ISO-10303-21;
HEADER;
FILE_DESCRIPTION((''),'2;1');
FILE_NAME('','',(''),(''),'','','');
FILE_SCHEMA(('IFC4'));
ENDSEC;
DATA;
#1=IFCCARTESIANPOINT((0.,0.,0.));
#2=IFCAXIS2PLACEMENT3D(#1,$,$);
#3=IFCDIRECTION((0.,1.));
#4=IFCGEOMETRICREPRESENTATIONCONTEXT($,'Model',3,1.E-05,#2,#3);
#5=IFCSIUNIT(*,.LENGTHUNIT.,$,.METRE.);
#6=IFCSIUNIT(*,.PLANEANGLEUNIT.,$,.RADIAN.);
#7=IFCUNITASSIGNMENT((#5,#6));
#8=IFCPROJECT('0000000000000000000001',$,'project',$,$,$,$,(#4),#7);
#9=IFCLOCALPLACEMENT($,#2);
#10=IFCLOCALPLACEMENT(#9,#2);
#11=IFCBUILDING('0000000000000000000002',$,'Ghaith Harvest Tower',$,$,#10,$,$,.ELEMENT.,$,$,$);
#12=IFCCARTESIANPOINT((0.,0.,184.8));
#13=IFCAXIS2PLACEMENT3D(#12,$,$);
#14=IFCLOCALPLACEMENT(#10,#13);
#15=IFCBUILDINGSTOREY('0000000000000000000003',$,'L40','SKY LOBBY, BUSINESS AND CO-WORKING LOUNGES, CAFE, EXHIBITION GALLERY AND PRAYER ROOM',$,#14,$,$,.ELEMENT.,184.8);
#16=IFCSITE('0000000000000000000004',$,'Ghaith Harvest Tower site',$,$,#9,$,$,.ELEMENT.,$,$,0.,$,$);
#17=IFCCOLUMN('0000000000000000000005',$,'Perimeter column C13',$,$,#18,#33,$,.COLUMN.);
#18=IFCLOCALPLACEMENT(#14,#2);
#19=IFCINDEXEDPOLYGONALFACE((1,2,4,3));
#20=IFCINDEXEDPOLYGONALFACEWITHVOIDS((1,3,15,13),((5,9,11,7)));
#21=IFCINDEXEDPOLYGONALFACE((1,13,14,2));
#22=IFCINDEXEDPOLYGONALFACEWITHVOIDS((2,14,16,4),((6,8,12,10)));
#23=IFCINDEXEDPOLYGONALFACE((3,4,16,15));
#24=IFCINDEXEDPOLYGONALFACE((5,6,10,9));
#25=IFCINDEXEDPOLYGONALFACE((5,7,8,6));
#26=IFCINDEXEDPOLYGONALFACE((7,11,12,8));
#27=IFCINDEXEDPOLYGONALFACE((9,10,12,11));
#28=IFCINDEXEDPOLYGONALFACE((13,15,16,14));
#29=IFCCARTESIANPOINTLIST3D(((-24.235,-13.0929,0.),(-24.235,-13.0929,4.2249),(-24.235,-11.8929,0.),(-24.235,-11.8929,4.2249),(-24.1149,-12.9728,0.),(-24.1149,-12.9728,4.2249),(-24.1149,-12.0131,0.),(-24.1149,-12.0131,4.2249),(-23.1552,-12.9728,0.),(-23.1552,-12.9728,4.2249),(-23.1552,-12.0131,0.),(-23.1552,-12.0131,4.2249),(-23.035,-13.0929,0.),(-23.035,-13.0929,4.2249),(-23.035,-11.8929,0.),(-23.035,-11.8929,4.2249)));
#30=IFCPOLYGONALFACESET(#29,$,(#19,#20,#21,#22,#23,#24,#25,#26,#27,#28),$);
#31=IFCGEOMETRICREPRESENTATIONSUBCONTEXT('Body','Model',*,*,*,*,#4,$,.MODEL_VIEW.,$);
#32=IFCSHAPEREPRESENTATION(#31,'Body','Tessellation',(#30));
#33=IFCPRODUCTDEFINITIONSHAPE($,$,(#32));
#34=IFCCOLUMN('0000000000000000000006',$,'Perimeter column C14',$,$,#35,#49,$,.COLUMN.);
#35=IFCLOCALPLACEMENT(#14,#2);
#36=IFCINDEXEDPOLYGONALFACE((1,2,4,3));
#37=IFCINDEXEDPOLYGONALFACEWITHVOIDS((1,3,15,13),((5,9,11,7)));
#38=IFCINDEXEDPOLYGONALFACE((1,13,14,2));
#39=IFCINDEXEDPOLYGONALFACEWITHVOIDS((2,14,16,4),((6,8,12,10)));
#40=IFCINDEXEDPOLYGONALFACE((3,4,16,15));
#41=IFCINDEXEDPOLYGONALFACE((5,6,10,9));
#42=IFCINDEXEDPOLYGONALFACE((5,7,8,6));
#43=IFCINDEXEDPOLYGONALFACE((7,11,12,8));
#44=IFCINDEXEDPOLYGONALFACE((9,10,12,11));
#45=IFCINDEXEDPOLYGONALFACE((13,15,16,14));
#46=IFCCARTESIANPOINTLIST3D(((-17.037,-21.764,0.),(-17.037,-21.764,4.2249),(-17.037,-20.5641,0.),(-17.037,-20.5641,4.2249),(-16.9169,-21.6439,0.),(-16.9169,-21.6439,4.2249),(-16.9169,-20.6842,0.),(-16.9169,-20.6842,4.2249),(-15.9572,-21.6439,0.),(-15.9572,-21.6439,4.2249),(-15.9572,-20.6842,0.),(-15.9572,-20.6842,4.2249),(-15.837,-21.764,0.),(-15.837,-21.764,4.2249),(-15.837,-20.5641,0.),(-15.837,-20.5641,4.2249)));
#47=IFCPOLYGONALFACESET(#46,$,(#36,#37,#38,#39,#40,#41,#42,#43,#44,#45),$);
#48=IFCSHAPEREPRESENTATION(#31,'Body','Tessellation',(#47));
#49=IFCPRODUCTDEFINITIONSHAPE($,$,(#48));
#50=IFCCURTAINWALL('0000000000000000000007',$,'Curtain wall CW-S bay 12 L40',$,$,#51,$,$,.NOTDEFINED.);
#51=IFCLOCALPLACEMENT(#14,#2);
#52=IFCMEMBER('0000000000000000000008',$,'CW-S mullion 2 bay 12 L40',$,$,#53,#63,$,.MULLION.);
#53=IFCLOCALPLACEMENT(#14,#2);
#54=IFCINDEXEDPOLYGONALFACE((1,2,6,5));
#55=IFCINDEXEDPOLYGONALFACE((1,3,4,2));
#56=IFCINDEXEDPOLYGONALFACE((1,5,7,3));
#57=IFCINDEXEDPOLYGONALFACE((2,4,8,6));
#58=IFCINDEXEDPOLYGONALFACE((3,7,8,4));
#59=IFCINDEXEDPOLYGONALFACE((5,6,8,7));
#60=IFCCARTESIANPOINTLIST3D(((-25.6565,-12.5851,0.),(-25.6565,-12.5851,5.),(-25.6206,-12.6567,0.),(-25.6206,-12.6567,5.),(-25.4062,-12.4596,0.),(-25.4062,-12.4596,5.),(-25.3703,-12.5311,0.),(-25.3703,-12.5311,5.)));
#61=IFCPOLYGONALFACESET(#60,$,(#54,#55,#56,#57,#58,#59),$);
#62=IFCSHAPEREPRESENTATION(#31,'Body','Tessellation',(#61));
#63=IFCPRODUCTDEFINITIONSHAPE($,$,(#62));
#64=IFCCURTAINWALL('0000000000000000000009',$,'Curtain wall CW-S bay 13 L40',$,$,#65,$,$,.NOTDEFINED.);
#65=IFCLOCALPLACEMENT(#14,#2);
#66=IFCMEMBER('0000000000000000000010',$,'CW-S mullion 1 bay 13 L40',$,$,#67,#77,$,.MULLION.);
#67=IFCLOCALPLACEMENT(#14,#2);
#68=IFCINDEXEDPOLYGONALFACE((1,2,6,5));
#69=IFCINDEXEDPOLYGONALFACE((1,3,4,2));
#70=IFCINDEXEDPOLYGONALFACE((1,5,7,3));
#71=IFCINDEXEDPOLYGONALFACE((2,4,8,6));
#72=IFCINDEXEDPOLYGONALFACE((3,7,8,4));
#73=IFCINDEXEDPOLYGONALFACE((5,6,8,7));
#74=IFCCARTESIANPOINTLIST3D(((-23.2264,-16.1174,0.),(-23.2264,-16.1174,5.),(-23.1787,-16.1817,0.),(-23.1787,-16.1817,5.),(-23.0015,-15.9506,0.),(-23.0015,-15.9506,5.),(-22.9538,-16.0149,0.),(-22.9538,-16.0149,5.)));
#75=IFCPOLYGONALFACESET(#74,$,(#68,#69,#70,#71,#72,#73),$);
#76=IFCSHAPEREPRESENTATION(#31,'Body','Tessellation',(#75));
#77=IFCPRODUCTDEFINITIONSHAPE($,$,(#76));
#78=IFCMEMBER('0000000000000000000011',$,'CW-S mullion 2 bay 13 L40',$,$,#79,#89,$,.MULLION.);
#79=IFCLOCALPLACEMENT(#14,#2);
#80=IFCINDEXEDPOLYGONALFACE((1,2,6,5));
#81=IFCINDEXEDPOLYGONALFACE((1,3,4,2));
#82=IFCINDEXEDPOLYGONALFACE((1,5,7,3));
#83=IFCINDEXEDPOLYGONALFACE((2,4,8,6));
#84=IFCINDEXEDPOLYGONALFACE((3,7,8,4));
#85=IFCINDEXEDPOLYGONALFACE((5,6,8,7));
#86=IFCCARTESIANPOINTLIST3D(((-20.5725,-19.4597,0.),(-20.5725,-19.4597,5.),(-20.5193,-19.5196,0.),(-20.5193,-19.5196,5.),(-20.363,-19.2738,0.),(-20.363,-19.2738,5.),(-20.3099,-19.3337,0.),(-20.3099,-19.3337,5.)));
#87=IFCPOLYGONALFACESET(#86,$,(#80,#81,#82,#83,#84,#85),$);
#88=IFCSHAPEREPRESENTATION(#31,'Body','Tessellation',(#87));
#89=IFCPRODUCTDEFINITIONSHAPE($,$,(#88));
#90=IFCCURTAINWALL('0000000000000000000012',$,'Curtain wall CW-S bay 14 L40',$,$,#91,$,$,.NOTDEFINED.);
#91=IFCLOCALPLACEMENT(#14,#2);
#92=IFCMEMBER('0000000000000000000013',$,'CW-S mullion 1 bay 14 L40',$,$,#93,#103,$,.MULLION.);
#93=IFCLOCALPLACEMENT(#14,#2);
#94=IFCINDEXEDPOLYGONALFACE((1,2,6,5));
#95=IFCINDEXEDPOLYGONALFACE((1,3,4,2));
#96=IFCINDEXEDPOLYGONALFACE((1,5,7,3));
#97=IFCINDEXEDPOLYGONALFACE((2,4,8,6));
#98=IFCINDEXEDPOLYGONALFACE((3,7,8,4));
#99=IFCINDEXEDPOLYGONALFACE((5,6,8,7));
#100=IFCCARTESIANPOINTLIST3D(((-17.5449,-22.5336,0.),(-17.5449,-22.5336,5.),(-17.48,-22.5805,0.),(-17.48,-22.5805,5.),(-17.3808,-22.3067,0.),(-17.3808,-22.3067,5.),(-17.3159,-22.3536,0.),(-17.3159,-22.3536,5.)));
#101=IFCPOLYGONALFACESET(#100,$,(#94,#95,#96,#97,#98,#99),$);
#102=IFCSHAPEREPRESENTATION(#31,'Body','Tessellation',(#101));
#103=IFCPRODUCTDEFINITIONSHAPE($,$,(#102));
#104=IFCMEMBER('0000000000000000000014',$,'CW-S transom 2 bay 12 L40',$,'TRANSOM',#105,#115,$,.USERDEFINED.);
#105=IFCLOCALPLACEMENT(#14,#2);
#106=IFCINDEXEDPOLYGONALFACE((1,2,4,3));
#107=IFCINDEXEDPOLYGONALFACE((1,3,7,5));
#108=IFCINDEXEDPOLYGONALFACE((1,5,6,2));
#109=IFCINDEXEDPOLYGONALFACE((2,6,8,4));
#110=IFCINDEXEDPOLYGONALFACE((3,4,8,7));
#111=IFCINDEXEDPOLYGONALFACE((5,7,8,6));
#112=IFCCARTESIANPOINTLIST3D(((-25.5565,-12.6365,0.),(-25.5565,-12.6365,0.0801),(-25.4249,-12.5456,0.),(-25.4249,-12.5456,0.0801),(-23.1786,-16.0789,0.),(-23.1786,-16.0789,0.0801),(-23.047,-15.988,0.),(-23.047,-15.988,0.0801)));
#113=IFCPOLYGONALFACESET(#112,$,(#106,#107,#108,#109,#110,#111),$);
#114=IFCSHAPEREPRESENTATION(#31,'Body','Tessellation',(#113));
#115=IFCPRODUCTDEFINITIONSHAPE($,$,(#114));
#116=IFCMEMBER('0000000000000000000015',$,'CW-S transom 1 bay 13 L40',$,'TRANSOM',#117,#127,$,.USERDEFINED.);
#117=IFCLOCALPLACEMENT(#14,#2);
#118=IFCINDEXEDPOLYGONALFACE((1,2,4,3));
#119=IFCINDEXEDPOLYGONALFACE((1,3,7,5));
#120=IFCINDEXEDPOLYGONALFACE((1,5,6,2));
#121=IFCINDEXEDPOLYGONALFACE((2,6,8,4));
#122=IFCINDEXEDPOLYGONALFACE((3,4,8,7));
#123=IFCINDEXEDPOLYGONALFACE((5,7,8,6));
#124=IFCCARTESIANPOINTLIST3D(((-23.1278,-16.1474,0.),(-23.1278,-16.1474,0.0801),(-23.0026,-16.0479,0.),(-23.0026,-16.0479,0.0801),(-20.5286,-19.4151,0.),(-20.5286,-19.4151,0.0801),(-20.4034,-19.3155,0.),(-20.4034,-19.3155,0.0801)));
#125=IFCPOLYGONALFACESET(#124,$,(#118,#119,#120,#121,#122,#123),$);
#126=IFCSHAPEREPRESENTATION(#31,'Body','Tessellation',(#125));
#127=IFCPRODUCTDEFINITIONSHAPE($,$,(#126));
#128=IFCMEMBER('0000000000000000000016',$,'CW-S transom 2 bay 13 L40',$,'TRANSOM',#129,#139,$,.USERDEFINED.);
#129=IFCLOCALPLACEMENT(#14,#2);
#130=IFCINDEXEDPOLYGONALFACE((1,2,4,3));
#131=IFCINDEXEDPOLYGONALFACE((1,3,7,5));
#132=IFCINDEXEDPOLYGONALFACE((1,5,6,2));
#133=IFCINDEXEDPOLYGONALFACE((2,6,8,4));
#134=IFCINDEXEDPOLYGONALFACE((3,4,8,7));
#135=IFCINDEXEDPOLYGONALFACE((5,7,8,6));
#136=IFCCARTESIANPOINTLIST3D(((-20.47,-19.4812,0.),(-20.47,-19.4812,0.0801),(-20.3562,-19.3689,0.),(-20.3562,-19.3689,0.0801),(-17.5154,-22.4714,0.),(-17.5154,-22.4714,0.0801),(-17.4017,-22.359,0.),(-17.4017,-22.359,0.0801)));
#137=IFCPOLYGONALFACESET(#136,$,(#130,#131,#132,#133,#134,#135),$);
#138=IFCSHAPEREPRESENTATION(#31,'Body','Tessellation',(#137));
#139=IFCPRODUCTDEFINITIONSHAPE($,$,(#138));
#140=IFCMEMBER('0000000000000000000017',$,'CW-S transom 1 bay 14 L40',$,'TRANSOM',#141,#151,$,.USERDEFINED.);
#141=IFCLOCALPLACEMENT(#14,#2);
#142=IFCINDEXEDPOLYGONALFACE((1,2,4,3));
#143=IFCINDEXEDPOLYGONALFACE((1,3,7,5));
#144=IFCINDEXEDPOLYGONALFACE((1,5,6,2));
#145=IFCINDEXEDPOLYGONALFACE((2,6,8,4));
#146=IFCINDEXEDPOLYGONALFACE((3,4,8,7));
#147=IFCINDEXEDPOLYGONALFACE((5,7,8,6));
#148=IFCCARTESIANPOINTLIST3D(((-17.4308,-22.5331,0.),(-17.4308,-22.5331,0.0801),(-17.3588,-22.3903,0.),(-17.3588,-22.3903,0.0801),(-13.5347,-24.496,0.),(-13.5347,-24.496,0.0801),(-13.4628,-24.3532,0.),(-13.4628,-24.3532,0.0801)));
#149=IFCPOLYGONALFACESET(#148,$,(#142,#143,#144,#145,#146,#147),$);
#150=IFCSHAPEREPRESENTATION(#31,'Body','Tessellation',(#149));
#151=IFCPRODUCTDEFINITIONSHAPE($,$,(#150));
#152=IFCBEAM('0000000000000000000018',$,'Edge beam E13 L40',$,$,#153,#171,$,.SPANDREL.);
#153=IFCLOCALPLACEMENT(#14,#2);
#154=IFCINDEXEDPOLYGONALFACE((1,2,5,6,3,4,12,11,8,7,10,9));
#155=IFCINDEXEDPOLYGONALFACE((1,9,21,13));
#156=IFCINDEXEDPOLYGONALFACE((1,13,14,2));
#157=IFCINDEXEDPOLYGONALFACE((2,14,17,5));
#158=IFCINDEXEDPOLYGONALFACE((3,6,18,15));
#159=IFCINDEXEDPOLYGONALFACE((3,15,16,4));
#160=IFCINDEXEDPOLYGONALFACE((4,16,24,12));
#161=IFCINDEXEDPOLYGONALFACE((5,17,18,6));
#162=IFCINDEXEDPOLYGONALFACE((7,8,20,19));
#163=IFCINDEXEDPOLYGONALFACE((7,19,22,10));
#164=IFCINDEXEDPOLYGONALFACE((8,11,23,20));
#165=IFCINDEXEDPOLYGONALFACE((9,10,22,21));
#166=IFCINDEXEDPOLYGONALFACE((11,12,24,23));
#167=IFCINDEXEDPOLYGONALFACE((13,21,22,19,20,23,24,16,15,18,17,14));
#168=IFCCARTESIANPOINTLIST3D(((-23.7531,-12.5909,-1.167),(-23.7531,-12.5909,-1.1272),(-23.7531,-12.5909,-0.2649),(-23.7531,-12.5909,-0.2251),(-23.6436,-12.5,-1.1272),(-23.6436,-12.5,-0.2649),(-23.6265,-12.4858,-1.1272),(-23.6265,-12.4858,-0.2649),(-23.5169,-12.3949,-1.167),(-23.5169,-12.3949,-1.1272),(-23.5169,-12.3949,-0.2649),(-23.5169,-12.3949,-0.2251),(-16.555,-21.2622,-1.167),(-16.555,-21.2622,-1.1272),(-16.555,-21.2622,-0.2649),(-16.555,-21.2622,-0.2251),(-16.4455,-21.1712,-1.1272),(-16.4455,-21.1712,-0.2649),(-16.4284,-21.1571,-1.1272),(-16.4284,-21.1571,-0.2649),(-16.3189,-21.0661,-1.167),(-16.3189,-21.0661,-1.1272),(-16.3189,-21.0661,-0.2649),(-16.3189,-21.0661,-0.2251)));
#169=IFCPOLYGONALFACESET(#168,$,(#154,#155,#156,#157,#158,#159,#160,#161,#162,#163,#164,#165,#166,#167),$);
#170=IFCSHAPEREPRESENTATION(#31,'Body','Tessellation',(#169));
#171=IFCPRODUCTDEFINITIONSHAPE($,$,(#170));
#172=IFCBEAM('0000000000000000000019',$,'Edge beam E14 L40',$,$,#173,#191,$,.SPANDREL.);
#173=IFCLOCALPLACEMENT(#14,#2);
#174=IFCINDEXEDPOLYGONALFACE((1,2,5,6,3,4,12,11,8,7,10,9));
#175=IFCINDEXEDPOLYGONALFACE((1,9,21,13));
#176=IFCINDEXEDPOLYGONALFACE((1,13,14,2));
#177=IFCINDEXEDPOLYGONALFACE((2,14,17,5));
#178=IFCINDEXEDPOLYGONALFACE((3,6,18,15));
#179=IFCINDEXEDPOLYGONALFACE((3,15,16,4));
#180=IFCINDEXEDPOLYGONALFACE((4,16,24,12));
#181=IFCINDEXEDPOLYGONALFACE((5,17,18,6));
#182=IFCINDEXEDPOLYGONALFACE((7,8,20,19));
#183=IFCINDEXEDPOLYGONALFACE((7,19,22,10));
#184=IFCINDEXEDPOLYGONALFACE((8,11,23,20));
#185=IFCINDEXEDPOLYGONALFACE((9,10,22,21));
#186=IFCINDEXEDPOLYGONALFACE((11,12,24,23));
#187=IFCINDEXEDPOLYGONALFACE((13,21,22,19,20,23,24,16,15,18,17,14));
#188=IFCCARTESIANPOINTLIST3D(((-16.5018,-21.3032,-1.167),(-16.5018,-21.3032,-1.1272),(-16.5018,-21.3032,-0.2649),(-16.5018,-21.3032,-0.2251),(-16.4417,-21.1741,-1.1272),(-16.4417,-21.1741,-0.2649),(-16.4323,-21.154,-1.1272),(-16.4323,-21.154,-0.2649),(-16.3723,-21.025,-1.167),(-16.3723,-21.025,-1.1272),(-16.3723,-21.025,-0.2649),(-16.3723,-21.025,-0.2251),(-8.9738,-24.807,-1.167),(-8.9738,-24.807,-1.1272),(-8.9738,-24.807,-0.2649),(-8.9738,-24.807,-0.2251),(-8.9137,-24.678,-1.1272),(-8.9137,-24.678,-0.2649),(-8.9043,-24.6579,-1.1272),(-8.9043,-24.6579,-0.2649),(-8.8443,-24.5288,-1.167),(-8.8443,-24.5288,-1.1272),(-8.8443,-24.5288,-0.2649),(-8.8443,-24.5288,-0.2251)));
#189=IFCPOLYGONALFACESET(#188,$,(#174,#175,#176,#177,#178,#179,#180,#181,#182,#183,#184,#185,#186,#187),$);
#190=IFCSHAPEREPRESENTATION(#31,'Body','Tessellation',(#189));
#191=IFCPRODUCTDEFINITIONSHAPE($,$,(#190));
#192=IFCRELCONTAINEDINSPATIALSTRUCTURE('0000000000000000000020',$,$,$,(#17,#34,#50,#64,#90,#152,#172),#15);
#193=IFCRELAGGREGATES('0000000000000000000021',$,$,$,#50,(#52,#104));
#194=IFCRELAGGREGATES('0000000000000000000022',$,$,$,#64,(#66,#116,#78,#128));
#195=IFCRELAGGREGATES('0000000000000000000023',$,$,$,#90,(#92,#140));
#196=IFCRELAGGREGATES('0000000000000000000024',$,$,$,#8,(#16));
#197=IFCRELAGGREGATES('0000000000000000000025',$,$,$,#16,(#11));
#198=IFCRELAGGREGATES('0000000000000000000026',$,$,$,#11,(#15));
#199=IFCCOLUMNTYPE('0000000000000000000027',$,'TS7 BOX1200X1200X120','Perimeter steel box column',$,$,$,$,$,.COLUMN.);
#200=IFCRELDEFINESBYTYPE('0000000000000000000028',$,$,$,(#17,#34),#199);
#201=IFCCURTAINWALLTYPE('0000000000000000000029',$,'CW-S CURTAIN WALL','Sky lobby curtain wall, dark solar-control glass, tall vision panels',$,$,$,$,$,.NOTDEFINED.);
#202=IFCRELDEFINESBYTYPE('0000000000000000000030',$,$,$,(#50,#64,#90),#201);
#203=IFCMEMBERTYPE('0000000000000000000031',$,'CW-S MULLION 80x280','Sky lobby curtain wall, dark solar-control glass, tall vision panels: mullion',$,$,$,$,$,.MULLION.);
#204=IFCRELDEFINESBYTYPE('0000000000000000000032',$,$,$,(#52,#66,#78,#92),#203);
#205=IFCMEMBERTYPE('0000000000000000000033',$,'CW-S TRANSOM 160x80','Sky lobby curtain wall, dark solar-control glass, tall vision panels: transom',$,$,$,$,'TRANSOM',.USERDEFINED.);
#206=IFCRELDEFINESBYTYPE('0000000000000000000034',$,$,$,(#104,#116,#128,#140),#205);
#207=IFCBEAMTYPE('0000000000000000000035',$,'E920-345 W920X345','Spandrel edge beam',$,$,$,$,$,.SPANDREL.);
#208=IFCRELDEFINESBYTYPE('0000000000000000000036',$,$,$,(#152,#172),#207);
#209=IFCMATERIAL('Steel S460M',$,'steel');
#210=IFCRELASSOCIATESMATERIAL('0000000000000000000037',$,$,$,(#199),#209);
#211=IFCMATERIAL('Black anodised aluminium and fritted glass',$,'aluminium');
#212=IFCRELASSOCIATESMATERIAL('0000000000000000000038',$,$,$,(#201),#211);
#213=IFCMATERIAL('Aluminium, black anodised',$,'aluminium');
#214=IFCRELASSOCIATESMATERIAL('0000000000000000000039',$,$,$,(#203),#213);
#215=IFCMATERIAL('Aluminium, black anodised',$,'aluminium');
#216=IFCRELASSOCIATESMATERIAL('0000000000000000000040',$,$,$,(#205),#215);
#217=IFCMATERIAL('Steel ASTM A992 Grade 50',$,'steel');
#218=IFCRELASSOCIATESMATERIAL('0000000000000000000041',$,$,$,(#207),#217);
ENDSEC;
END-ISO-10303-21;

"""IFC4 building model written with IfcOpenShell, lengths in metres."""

from ifc_helpers import new_model, si_unit, direction, frame, origin, origin_2d, place, context, subcontext, project, spatial, rectangle, hollow_rectangle, i_section, extrude, material, material_profile, profile_set, type_object, element, aggregate, save


model = new_model("IFC4")

# Units and contexts
model_context = context("Model", 3, precision=1e-05, world=origin(), true_north=direction((0.0, 1.0)))
body_context = subcontext(model_context, "Body", "Model", "MODEL_VIEW")
ifc_project = project(units=[si_unit("LENGTHUNIT", "METRE"), si_unit("PLANEANGLEUNIT", "RADIAN")], contexts=[model_context])

# Site, building, storey
site_placement = place(None, origin())
site = spatial("IfcSite", under=ifc_project, at=site_placement, Name="Ghaith Harvest Tower site", CompositionType="ELEMENT", RefElevation=0.0)
building_placement = place(site_placement, origin())
building = spatial("IfcBuilding", under=site, at=building_placement, Name="Ghaith Harvest Tower", CompositionType="ELEMENT")
storey_placement = place(building_placement, frame((0.0, 0.0, 184.8)))
storey = spatial("IfcBuildingStorey", under=building, at=storey_placement, Name="L40", Description="SKY LOBBY, BUSINESS AND CO-WORKING LOUNGES, CAFE, EXHIBITION GALLERY AND PRAYER ROOM", CompositionType="ELEMENT", Elevation=184.8)

# Columns
ifc_material_1 = material(Name="Steel S460M", Category="steel")
ifc_material_profile_1 = material_profile(ifc_material_1, hollow_rectangle(XDim=1.2, YDim=1.2, WallThickness=0.1201, at=origin_2d()), Name="BOX1200X1200X120")
ifc_profile_set_1 = profile_set([ifc_material_profile_1], Name="Steel S460M")
column_type = type_object("IfcColumnType", Name="TS7 BOX1200X1200X120", Description="Perimeter steel box column", PredefinedType="COLUMN", material=ifc_profile_set_1)
for number, where, z_axis, x_axis, name in (
    (1, (-23.635, -12.4929, 0.0), (0.0, 0.0, 1.0), (1.0, 0.0, 0.0), "Perimeter column C13"),
    (2, (-16.437, -21.1641, 0.0), (0.0, 0.0, 1.0), (1.0, 0.0, 0.0), "Perimeter column C14"),
):
    element("IfcColumn", number, at=place(storey_placement, frame(where, z_axis=z_axis, x_axis=x_axis)), inside=storey, type_object=column_type, Name=name, PredefinedType="COLUMN", context=body_context, shape_type="SweptSolid", body=[
        extrude(hollow_rectangle(XDim=1.2, YDim=1.2, WallThickness=0.1201, at=origin_2d()), origin(), (0.0, 0.0, 1.0), 4.2249),
    ])

# Curtain wall, member
ifc_material_2 = material(Name="Black anodised aluminium and fritted glass", Category="aluminium")
curtain_wall_type = type_object("IfcCurtainWallType", Name="CW-S CURTAIN WALL", Description="Sky lobby curtain wall, dark solar-control glass, tall vision panels", PredefinedType="NOTDEFINED", material=ifc_material_2)
curtain_wall_1_placement = place(storey_placement, origin())
curtain_wall_1 = element("IfcCurtainWall", 3, at=curtain_wall_1_placement, inside=storey, type_object=curtain_wall_type, Name="Curtain wall CW-S bay 12 L40", PredefinedType="NOTDEFINED")
ifc_material_3 = material(Name="Aluminium, black anodised", Category="aluminium")
ifc_material_profile_2 = material_profile(ifc_material_3, rectangle(XDim=0.0801, YDim=0.28, at=origin_2d()), Name="CW-S MULLION 80x280")
ifc_profile_set_2 = profile_set([ifc_material_profile_2], Name="Aluminium, black anodised")
member_type_1 = type_object("IfcMemberType", Name="CW-S MULLION 80x280", Description="Sky lobby curtain wall, dark solar-control glass, tall vision panels: mullion", PredefinedType="MULLION", material=ifc_profile_set_2)
member_1_placement = place(storey_placement, frame((-25.5134, -12.5581, 0.0), z_axis=(0.0, 0.0, 1.0), x_axis=(0.448267, -0.8939, 0.0)))
member_1 = element("IfcMember", 4, at=member_1_placement, type_object=member_type_1, Name="CW-S mullion 2 bay 12 L40", PredefinedType="MULLION", context=body_context, shape_type="SweptSolid", body=[
    extrude(rectangle(XDim=0.0801, YDim=0.28, at=origin_2d()), origin(), (0.0, 0.0, 1.0), 5.0),
])

# Curtain wall, members
curtain_wall_2_placement = place(storey_placement, origin())
curtain_wall_2 = element("IfcCurtainWall", 5, at=curtain_wall_2_placement, inside=storey, type_object=curtain_wall_type, Name="Curtain wall CW-S bay 13 L40", PredefinedType="NOTDEFINED")
member_2_placement = place(storey_placement, frame((-23.0901, -16.0662, 0.0), z_axis=(0.0, 0.0, 1.0), x_axis=(0.59574, -0.803177, 0.0)))
member_2 = element("IfcMember", 6, at=member_2_placement, type_object=member_type_1, Name="CW-S mullion 1 bay 13 L40", PredefinedType="MULLION", context=body_context, shape_type="SweptSolid", body=[
    extrude(rectangle(XDim=0.0801, YDim=0.28, at=origin_2d()), origin(), (0.0, 0.0, 1.0), 5.0),
])
member_3_placement = place(storey_placement, frame((-20.4412, -19.3967, 0.0), z_axis=(0.0, 0.0, 1.0), x_axis=(0.663765, -0.747941, 0.0)))
member_3 = element("IfcMember", 7, at=member_3_placement, type_object=member_type_1, Name="CW-S mullion 2 bay 13 L40", PredefinedType="MULLION", context=body_context, shape_type="SweptSolid", body=[
    extrude(rectangle(XDim=0.0801, YDim=0.28, at=origin_2d()), origin(), (0.0, 0.0, 1.0), 5.0),
])

# Curtain wall, member
curtain_wall_3_placement = place(storey_placement, origin())
curtain_wall_3 = element("IfcCurtainWall", 8, at=curtain_wall_3_placement, inside=storey, type_object=curtain_wall_type, Name="Curtain wall CW-S bay 14 L40", PredefinedType="NOTDEFINED")
member_4_placement = place(storey_placement, frame((-17.4304, -22.4436, 0.0), z_axis=(0.0, 0.0, 1.0), x_axis=(0.810339, -0.585961, 0.0)))
member_4 = element("IfcMember", 9, at=member_4_placement, type_object=member_type_1, Name="CW-S mullion 1 bay 14 L40", PredefinedType="MULLION", context=body_context, shape_type="SweptSolid", body=[
    extrude(rectangle(XDim=0.0801, YDim=0.28, at=origin_2d()), origin(), (0.0, 0.0, 1.0), 5.0),
])

# Members
ifc_material_4 = material(Name="Aluminium, black anodised", Category="aluminium")
ifc_material_profile_3 = material_profile(ifc_material_4, rectangle(XDim=0.1599, YDim=0.0801, at=origin_2d()), Name="CW-S TRANSOM 160x80")
ifc_profile_set_3 = profile_set([ifc_material_profile_3], Name="Aluminium, black anodised")
member_type_2 = type_object("IfcMemberType", Name="CW-S TRANSOM 160x80", Description="Sky lobby curtain wall, dark solar-control glass, tall vision panels: transom", ElementType="TRANSOM", PredefinedType="USERDEFINED", material=ifc_profile_set_3)
member_5_placement = place(storey_placement, frame((-25.4907, -12.5911, 0.04), z_axis=(0.56836, -0.82278, 0.0), x_axis=(0.82278, 0.56836, 0.0)))
member_5 = element("IfcMember", 10, at=member_5_placement, type_object=member_type_2, Name="CW-S transom 2 bay 12 L40", ObjectType="TRANSOM", PredefinedType="USERDEFINED", context=body_context, shape_type="SweptSolid", body=[
    extrude(rectangle(XDim=0.1599, YDim=0.0801, at=origin_2d()), origin(), (0.0, 0.0, 1.0), 4.1838),
])
member_6_placement = place(storey_placement, frame((-23.0652, -16.0977, 0.04), z_axis=(0.622511, -0.782611, 0.0), x_axis=(0.782611, 0.622511, 0.0)))
member_6 = element("IfcMember", 11, at=member_6_placement, type_object=member_type_2, Name="CW-S transom 1 bay 13 L40", ObjectType="TRANSOM", PredefinedType="USERDEFINED", context=body_context, shape_type="SweptSolid", body=[
    extrude(rectangle(XDim=0.1599, YDim=0.0801, at=origin_2d()), origin(), (0.0, 0.0, 1.0), 4.1753),
])
member_7_placement = place(storey_placement, frame((-20.4131, -19.425, 0.04), z_axis=(0.702854, -0.711334, 0.0), x_axis=(0.711334, 0.702854, 0.0)))
member_7 = element("IfcMember", 12, at=member_7_placement, type_object=member_type_2, Name="CW-S transom 2 bay 13 L40", ObjectType="TRANSOM", PredefinedType="USERDEFINED", context=body_context, shape_type="SweptSolid", body=[
    extrude(rectangle(XDim=0.1599, YDim=0.0801, at=origin_2d()), origin(), (0.0, 0.0, 1.0), 4.2036),
])
member_8_placement = place(storey_placement, frame((-17.3948, -22.4617, 0.04), z_axis=(0.893058, -0.449943, 0.0), x_axis=(0.449943, 0.893058, 0.0)))
member_8 = element("IfcMember", 13, at=member_8_placement, type_object=member_type_2, Name="CW-S transom 1 bay 14 L40", ObjectType="TRANSOM", PredefinedType="USERDEFINED", context=body_context, shape_type="SweptSolid", body=[
    extrude(rectangle(XDim=0.1599, YDim=0.0801, at=origin_2d()), origin(), (0.0, 0.0, 1.0), 4.3625),
])

# Beams
ifc_material_5 = material(Name="Steel ASTM A992 Grade 50", Category="steel")
ifc_material_profile_4 = material_profile(ifc_material_5, i_section(OverallWidth=0.3069, OverallDepth=0.9419, WebThickness=0.0222, FlangeThickness=0.0398, at=origin_2d()), Name="W920X345")
ifc_profile_set_4 = profile_set([ifc_material_profile_4], Name="Steel ASTM A992 Grade 50")
beam_type = type_object("IfcBeamType", Name="E920-345 W920X345", Description="Spandrel edge beam", PredefinedType="SPANDREL", material=ifc_profile_set_4)
beam_1_placement = place(storey_placement, frame((-23.635, -12.4929, -0.696), z_axis=(0.638719, -0.76944, 0.0), x_axis=(0.76944, 0.638719, 0.0)))
element("IfcBeam", 14, at=beam_1_placement, inside=storey, type_object=beam_type, Name="Edge beam E13 L40", PredefinedType="SPANDREL", context=body_context, shape_type="SweptSolid", body=[
    extrude(i_section(OverallWidth=0.3069, OverallDepth=0.9419, WebThickness=0.0222, FlangeThickness=0.0398, at=origin_2d()), origin(), (0.0, 0.0, 1.0), 11.2695),
])
beam_2_placement = place(storey_placement, frame((-16.437, -21.1641, -0.696), z_axis=(0.906607, -0.421976, 0.0), x_axis=(0.421976, 0.906607, 0.0)))
element("IfcBeam", 15, at=beam_2_placement, inside=storey, type_object=beam_type, Name="Edge beam E14 L40", PredefinedType="SPANDREL", context=body_context, shape_type="SweptSolid", body=[
    extrude(i_section(OverallWidth=0.3069, OverallDepth=0.9419, WebThickness=0.0222, FlangeThickness=0.0398, at=origin_2d()), origin(), (0.0, 0.0, 1.0), 8.3035),
])

aggregate(curtain_wall_1, [member_1, member_5])
aggregate(curtain_wall_2, [member_2, member_6, member_3, member_7])
aggregate(curtain_wall_3, [member_4, member_8])

save(model, "model.ifc")
